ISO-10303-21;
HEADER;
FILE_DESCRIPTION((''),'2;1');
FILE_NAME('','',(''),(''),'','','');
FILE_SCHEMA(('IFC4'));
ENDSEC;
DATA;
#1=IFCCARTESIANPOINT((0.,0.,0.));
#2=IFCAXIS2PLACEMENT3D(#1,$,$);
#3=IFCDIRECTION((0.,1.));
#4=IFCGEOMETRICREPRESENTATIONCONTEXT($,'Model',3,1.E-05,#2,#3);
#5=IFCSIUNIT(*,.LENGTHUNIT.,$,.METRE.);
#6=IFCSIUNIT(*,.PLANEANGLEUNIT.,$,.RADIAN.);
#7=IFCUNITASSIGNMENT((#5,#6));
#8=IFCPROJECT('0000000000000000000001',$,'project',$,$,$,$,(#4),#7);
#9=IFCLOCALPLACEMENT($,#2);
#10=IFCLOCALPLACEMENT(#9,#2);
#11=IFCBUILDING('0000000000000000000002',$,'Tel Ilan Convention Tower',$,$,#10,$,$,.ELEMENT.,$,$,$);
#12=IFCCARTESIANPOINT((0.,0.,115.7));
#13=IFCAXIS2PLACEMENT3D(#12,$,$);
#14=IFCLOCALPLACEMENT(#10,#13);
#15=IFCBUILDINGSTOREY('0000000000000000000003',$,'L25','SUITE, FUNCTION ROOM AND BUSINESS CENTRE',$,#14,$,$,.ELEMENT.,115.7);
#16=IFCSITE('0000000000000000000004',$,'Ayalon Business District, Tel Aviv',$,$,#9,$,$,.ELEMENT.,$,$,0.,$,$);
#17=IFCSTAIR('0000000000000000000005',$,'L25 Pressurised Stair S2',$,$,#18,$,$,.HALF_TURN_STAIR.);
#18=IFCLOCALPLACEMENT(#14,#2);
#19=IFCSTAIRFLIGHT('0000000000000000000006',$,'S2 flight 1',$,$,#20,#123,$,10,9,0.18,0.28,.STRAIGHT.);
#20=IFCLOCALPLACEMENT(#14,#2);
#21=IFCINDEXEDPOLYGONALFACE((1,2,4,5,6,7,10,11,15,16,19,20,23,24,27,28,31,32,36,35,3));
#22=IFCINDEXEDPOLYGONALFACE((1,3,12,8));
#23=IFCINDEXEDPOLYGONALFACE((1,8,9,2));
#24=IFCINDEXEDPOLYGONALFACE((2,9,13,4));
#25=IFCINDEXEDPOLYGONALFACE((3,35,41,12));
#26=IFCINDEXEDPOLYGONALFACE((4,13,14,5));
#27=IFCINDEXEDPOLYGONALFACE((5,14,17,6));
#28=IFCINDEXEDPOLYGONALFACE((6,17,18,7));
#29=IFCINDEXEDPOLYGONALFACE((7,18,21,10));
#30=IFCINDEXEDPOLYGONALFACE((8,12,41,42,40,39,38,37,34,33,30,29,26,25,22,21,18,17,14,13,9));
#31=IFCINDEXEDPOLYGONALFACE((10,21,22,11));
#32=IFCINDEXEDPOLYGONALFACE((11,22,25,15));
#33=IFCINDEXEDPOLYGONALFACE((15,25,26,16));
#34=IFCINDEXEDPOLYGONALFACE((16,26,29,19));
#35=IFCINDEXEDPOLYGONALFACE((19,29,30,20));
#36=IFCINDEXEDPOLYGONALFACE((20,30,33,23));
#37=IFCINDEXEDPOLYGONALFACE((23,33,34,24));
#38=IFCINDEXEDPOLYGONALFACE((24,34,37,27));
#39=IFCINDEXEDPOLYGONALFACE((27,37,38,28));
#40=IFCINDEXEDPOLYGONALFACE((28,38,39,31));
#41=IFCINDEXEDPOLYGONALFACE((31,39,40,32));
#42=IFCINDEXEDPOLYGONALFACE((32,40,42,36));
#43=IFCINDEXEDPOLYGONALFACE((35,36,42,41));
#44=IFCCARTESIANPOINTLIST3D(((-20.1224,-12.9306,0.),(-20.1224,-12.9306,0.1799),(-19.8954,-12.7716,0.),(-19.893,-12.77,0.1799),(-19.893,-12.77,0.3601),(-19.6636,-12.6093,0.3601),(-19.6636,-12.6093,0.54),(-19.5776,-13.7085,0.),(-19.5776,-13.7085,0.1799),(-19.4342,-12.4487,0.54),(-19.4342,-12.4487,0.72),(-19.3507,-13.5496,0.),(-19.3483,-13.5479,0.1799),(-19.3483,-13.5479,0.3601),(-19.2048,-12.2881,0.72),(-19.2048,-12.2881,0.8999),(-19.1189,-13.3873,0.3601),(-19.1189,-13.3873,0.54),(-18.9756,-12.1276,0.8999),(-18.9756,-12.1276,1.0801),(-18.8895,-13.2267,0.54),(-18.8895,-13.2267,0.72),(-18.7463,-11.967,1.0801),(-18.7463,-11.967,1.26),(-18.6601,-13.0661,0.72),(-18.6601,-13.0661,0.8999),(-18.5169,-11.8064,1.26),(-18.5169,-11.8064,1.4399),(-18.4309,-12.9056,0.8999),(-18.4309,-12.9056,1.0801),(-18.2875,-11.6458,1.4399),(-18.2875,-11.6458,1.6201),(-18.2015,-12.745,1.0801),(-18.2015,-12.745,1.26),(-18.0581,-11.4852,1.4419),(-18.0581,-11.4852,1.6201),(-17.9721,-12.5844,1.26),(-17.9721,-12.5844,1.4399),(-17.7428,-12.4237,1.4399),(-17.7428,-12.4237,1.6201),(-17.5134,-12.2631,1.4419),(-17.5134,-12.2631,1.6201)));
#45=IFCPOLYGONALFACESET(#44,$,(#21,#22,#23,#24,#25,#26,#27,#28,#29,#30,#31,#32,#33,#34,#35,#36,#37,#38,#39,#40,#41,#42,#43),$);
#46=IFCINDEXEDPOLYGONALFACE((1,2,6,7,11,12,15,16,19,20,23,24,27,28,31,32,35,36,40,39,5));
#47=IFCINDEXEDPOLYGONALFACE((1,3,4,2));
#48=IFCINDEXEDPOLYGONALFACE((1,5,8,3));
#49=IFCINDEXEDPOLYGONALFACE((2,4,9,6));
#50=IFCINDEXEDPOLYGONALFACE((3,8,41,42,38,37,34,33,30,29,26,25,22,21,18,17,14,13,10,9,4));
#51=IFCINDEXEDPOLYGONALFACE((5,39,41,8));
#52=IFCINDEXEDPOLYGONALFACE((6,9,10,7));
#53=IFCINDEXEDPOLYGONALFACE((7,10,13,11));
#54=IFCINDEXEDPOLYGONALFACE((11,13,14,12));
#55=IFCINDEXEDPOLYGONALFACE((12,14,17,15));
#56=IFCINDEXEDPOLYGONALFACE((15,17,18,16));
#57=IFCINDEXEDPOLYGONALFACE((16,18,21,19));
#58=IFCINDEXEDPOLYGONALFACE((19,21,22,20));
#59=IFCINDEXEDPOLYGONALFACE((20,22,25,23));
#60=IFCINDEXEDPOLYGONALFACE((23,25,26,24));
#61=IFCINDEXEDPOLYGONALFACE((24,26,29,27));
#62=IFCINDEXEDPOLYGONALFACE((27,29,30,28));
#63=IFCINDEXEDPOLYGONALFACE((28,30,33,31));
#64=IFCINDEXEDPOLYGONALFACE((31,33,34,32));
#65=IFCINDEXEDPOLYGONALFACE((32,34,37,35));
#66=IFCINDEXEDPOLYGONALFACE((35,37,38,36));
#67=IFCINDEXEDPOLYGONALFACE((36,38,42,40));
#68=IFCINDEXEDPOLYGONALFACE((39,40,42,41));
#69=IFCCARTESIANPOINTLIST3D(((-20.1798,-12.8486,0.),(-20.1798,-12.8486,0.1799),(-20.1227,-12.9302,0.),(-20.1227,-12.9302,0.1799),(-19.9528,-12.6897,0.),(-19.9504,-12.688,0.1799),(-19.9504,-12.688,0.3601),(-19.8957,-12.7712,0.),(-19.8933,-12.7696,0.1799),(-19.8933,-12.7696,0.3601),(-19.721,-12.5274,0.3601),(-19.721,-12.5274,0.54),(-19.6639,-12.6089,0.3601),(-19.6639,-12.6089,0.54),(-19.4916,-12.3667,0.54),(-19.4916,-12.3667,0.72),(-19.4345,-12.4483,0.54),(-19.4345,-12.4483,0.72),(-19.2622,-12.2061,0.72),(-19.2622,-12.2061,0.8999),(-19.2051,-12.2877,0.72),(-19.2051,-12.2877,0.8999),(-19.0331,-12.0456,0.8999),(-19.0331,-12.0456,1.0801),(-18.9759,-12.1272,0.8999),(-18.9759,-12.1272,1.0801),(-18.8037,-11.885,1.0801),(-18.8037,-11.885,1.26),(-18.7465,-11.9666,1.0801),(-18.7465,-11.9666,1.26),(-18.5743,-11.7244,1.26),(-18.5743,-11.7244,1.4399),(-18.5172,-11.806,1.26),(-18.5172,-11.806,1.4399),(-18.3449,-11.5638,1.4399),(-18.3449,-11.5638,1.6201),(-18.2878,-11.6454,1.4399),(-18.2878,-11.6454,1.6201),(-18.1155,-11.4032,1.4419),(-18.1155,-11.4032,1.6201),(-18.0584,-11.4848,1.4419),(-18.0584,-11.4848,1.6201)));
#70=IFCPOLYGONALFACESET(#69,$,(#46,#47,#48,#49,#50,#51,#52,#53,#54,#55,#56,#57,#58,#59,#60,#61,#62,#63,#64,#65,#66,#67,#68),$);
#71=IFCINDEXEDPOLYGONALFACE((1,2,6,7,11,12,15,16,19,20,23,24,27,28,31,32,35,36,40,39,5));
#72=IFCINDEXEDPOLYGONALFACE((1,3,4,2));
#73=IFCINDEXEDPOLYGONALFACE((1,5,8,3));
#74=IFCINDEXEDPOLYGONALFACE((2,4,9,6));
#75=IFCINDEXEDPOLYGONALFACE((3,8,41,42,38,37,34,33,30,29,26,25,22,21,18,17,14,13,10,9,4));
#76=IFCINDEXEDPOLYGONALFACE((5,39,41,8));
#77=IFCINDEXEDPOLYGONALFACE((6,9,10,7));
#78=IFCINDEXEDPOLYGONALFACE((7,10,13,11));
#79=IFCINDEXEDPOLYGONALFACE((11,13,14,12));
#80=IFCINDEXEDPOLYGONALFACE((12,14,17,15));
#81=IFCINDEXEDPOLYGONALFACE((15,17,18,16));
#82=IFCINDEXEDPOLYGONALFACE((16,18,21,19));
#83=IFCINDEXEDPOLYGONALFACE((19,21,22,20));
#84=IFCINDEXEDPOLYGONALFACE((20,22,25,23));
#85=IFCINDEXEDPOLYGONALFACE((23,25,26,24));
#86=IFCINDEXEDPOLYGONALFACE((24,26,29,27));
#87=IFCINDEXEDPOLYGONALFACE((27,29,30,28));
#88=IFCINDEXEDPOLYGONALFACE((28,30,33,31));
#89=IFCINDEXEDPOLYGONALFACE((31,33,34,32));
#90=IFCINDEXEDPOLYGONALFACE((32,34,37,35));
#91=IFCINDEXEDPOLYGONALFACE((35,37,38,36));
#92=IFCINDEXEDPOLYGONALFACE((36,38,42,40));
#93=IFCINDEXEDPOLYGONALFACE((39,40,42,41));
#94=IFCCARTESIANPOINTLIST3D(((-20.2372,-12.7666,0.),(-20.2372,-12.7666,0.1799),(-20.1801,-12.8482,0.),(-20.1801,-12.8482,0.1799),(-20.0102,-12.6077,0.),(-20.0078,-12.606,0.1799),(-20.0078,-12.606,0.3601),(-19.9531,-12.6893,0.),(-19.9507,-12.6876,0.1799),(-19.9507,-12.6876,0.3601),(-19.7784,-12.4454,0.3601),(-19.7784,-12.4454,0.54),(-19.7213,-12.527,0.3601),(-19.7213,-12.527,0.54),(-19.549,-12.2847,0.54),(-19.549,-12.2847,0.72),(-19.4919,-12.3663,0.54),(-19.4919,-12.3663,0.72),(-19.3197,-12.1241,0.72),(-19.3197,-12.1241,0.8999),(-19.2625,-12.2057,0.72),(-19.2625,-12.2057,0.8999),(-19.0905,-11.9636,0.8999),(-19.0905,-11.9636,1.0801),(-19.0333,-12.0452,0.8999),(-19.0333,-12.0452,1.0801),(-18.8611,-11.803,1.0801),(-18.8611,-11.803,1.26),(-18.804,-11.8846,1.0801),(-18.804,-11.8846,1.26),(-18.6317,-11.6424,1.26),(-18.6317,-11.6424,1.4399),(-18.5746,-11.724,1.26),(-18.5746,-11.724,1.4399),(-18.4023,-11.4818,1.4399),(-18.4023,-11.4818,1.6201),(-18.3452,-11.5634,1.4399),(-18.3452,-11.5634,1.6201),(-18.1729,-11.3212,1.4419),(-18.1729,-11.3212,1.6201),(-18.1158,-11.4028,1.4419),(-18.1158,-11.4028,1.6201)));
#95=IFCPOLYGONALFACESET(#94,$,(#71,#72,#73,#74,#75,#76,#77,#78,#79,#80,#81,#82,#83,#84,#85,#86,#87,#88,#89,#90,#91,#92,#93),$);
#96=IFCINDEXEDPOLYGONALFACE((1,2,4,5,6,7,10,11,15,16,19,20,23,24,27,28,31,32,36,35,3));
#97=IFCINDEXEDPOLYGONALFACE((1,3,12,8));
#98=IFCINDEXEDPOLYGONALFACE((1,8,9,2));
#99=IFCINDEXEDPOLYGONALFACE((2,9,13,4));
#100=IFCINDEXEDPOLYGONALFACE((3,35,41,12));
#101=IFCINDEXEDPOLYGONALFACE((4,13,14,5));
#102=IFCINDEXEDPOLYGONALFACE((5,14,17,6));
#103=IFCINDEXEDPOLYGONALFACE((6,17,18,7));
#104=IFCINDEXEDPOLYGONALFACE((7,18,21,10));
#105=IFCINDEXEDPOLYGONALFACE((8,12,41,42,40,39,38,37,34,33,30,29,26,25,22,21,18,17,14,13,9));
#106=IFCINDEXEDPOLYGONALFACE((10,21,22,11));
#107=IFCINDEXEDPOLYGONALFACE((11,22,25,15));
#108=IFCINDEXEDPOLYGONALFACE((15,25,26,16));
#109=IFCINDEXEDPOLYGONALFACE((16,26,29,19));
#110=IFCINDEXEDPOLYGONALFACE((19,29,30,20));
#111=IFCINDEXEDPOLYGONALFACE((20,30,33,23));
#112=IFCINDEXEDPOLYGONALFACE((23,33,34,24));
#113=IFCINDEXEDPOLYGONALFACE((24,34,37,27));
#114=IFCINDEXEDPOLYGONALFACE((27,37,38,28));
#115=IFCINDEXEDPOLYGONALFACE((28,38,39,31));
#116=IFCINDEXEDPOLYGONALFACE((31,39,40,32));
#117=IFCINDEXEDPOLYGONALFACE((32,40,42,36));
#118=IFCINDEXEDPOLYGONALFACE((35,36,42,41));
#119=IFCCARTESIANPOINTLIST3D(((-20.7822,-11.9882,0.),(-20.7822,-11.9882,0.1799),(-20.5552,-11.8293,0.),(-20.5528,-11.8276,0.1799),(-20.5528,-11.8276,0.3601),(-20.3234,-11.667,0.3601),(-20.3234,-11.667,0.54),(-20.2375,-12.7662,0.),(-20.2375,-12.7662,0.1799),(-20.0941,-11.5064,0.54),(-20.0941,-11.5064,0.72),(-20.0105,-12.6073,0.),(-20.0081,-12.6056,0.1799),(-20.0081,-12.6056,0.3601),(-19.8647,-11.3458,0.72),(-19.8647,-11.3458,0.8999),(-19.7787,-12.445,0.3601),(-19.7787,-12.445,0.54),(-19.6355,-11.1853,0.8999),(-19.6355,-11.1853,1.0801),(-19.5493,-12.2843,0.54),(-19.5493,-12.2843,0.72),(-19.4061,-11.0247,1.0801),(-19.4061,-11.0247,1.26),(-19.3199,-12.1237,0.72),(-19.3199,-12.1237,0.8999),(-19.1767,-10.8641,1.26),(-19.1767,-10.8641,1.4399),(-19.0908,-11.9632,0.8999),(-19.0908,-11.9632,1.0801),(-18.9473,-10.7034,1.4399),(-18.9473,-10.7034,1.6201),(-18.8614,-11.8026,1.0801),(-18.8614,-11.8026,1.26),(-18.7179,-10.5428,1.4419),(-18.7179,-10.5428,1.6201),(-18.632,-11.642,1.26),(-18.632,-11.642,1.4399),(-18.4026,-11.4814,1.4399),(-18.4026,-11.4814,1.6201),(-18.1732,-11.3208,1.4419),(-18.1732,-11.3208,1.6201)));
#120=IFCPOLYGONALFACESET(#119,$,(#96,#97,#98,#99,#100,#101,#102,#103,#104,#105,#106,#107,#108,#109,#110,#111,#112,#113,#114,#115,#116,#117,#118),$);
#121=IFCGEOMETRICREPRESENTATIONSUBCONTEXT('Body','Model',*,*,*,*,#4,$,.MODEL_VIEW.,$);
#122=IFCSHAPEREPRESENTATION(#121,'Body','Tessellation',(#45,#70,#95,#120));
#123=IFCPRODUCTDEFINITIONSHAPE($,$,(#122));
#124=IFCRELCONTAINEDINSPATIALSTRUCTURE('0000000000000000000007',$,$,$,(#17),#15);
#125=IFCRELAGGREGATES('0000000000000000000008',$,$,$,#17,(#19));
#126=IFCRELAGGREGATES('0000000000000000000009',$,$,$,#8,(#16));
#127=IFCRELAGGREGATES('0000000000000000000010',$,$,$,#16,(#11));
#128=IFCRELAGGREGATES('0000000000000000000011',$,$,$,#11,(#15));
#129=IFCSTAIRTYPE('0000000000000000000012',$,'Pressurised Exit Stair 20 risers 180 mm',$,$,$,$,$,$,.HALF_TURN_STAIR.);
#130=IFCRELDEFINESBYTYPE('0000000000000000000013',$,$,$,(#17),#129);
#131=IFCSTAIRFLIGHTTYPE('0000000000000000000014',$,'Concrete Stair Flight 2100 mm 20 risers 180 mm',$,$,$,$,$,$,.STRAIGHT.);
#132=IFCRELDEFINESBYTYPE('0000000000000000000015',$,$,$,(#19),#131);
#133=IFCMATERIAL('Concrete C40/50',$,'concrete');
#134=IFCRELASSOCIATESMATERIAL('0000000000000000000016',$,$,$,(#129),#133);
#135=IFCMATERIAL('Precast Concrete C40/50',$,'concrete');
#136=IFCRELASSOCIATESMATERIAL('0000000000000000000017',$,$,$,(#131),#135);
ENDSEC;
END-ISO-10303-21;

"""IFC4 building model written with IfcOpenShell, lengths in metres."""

from ifc_helpers import new_model, si_unit, direction, frame, origin, place, context, subcontext, project, spatial, polyline, outline, extrude, material, type_object, element, aggregate, save


model = new_model("IFC4")

# Units and contexts
model_context = context("Model", 3, precision=1e-05, world=origin(), true_north=direction((0.0, 1.0)))
body_context = subcontext(model_context, "Body", "Model", "MODEL_VIEW")
ifc_project = project(units=[si_unit("LENGTHUNIT", "METRE"), si_unit("PLANEANGLEUNIT", "RADIAN")], contexts=[model_context])

# Site, building, storey
site_placement = place(None, origin())
site = spatial("IfcSite", under=ifc_project, at=site_placement, Name="Ayalon Business District, Tel Aviv", CompositionType="ELEMENT", RefElevation=0.0)
building_placement = place(site_placement, origin())
building = spatial("IfcBuilding", under=site, at=building_placement, Name="Tel Ilan Convention Tower", CompositionType="ELEMENT")
storey_placement = place(building_placement, frame((0.0, 0.0, 115.7)))
storey = spatial("IfcBuildingStorey", under=building, at=storey_placement, Name="L25", Description="SUITE, FUNCTION ROOM AND BUSINESS CENTRE", CompositionType="ELEMENT", Elevation=115.7)

# Shared definitions
ifc_material_1 = material(Name="Concrete C40/50", Category="concrete")
stair_type = type_object("IfcStairType", Name="Pressurised Exit Stair 20 risers 180 mm", PredefinedType="HALF_TURN_STAIR", material=ifc_material_1)
ifc_material_2 = material(Name="Precast Concrete C40/50", Category="concrete")
stair_flight_type = type_object("IfcStairFlightType", Name="Concrete Stair Flight 2100 mm 20 risers 180 mm", PredefinedType="STRAIGHT", material=ifc_material_2)

# Stair, stair flight
stair_1_placement = place(storey_placement, origin())
stair_1 = element("IfcStair", 1, at=stair_1_placement, inside=storey, type_object=stair_type, Name="L25 Pressurised Stair S2", PredefinedType="HALF_TURN_STAIR")
stair_flight_1_placement = place(storey_placement, frame((-20.1799, -12.8484, 0.0), z_axis=(0.0, 0.0, 1.0), x_axis=(0.819152, 0.573576, 0.0)))
stair_flight_1 = element("IfcStairFlight", 2, at=stair_flight_1_placement, type_object=stair_flight_type, Name="S2 flight 1", NumberOfRisers=10, NumberOfTreads=9, PredefinedType="STRAIGHT", RiserHeight=0.18, TreadLength=0.28, context=body_context, shape_type="SweptSolid", body=[
    extrude(outline(polyline([(0.0, 0.0), (0.0, 0.1799), (0.28, 0.1799), (0.28, 0.3601), (0.5601, 0.3601), (0.5601, 0.54), (0.8401, 0.54), (0.8401, 0.72), (1.1201, 0.72), (1.1201, 0.8999), (1.3999, 0.8999), (1.3999, 1.0801), (1.6799, 1.0801), (1.6799, 1.26), (1.96, 1.26), (1.96, 1.4399), (2.24, 1.4399), (2.24, 1.6201), (2.52, 1.6201), (2.52, 1.8), (2.52, 1.4419), (0.2771, 0.0), (0.0, 0.0)])), frame((0.0, -0.1003, 0.0), z_axis=(0.0, -1.0, 0.0), x_axis=(1.0, 0.0, 0.0)), (0.0, 0.0, 1.0), 0.9497),
    extrude(outline(polyline([(0.0, 0.0), (0.0, 0.1799), (0.28, 0.1799), (0.28, 0.3601), (0.5601, 0.3601), (0.5601, 0.54), (0.8401, 0.54), (0.8401, 0.72), (1.1201, 0.72), (1.1201, 0.8999), (1.3999, 0.8999), (1.3999, 1.0801), (1.6799, 1.0801), (1.6799, 1.26), (1.96, 1.26), (1.96, 1.4399), (2.24, 1.4399), (2.24, 1.6201), (2.52, 1.6201), (2.52, 1.8), (2.52, 1.4419), (0.2771, 0.0), (0.0, 0.0)])), frame((0.0, -0.0002, 0.0), z_axis=(0.0, -1.0, 0.0), x_axis=(1.0, 0.0, 0.0)), (0.0, 0.0, 1.0), 0.0996),
    extrude(outline(polyline([(0.0, 0.0), (0.0, 0.1799), (0.28, 0.1799), (0.28, 0.3601), (0.5601, 0.3601), (0.5601, 0.54), (0.8401, 0.54), (0.8401, 0.72), (1.1201, 0.72), (1.1201, 0.8999), (1.3999, 0.8999), (1.3999, 1.0801), (1.6799, 1.0801), (1.6799, 1.26), (1.96, 1.26), (1.96, 1.4399), (2.24, 1.4399), (2.24, 1.6201), (2.52, 1.6201), (2.52, 1.8), (2.52, 1.4419), (0.2771, 0.0), (0.0, 0.0)])), frame((0.0, 0.0999, 0.0), z_axis=(0.0, -1.0, 0.0), x_axis=(1.0, 0.0, 0.0)), (0.0, 0.0, 1.0), 0.0996),
    extrude(outline(polyline([(0.0, 0.0), (0.0, 0.1799), (0.28, 0.1799), (0.28, 0.3601), (0.5601, 0.3601), (0.5601, 0.54), (0.8401, 0.54), (0.8401, 0.72), (1.1201, 0.72), (1.1201, 0.8999), (1.3999, 0.8999), (1.3999, 1.0801), (1.6799, 1.0801), (1.6799, 1.26), (1.96, 1.26), (1.96, 1.4399), (2.24, 1.4399), (2.24, 1.6201), (2.52, 1.6201), (2.52, 1.8), (2.52, 1.4419), (0.2771, 0.0), (0.0, 0.0)])), frame((0.0, 1.05, 0.0), z_axis=(0.0, -1.0, 0.0), x_axis=(1.0, 0.0, 0.0)), (0.0, 0.0, 1.0), 0.9497),
])
aggregate(stair_1, [stair_flight_1])

save(model, "model.ifc")
